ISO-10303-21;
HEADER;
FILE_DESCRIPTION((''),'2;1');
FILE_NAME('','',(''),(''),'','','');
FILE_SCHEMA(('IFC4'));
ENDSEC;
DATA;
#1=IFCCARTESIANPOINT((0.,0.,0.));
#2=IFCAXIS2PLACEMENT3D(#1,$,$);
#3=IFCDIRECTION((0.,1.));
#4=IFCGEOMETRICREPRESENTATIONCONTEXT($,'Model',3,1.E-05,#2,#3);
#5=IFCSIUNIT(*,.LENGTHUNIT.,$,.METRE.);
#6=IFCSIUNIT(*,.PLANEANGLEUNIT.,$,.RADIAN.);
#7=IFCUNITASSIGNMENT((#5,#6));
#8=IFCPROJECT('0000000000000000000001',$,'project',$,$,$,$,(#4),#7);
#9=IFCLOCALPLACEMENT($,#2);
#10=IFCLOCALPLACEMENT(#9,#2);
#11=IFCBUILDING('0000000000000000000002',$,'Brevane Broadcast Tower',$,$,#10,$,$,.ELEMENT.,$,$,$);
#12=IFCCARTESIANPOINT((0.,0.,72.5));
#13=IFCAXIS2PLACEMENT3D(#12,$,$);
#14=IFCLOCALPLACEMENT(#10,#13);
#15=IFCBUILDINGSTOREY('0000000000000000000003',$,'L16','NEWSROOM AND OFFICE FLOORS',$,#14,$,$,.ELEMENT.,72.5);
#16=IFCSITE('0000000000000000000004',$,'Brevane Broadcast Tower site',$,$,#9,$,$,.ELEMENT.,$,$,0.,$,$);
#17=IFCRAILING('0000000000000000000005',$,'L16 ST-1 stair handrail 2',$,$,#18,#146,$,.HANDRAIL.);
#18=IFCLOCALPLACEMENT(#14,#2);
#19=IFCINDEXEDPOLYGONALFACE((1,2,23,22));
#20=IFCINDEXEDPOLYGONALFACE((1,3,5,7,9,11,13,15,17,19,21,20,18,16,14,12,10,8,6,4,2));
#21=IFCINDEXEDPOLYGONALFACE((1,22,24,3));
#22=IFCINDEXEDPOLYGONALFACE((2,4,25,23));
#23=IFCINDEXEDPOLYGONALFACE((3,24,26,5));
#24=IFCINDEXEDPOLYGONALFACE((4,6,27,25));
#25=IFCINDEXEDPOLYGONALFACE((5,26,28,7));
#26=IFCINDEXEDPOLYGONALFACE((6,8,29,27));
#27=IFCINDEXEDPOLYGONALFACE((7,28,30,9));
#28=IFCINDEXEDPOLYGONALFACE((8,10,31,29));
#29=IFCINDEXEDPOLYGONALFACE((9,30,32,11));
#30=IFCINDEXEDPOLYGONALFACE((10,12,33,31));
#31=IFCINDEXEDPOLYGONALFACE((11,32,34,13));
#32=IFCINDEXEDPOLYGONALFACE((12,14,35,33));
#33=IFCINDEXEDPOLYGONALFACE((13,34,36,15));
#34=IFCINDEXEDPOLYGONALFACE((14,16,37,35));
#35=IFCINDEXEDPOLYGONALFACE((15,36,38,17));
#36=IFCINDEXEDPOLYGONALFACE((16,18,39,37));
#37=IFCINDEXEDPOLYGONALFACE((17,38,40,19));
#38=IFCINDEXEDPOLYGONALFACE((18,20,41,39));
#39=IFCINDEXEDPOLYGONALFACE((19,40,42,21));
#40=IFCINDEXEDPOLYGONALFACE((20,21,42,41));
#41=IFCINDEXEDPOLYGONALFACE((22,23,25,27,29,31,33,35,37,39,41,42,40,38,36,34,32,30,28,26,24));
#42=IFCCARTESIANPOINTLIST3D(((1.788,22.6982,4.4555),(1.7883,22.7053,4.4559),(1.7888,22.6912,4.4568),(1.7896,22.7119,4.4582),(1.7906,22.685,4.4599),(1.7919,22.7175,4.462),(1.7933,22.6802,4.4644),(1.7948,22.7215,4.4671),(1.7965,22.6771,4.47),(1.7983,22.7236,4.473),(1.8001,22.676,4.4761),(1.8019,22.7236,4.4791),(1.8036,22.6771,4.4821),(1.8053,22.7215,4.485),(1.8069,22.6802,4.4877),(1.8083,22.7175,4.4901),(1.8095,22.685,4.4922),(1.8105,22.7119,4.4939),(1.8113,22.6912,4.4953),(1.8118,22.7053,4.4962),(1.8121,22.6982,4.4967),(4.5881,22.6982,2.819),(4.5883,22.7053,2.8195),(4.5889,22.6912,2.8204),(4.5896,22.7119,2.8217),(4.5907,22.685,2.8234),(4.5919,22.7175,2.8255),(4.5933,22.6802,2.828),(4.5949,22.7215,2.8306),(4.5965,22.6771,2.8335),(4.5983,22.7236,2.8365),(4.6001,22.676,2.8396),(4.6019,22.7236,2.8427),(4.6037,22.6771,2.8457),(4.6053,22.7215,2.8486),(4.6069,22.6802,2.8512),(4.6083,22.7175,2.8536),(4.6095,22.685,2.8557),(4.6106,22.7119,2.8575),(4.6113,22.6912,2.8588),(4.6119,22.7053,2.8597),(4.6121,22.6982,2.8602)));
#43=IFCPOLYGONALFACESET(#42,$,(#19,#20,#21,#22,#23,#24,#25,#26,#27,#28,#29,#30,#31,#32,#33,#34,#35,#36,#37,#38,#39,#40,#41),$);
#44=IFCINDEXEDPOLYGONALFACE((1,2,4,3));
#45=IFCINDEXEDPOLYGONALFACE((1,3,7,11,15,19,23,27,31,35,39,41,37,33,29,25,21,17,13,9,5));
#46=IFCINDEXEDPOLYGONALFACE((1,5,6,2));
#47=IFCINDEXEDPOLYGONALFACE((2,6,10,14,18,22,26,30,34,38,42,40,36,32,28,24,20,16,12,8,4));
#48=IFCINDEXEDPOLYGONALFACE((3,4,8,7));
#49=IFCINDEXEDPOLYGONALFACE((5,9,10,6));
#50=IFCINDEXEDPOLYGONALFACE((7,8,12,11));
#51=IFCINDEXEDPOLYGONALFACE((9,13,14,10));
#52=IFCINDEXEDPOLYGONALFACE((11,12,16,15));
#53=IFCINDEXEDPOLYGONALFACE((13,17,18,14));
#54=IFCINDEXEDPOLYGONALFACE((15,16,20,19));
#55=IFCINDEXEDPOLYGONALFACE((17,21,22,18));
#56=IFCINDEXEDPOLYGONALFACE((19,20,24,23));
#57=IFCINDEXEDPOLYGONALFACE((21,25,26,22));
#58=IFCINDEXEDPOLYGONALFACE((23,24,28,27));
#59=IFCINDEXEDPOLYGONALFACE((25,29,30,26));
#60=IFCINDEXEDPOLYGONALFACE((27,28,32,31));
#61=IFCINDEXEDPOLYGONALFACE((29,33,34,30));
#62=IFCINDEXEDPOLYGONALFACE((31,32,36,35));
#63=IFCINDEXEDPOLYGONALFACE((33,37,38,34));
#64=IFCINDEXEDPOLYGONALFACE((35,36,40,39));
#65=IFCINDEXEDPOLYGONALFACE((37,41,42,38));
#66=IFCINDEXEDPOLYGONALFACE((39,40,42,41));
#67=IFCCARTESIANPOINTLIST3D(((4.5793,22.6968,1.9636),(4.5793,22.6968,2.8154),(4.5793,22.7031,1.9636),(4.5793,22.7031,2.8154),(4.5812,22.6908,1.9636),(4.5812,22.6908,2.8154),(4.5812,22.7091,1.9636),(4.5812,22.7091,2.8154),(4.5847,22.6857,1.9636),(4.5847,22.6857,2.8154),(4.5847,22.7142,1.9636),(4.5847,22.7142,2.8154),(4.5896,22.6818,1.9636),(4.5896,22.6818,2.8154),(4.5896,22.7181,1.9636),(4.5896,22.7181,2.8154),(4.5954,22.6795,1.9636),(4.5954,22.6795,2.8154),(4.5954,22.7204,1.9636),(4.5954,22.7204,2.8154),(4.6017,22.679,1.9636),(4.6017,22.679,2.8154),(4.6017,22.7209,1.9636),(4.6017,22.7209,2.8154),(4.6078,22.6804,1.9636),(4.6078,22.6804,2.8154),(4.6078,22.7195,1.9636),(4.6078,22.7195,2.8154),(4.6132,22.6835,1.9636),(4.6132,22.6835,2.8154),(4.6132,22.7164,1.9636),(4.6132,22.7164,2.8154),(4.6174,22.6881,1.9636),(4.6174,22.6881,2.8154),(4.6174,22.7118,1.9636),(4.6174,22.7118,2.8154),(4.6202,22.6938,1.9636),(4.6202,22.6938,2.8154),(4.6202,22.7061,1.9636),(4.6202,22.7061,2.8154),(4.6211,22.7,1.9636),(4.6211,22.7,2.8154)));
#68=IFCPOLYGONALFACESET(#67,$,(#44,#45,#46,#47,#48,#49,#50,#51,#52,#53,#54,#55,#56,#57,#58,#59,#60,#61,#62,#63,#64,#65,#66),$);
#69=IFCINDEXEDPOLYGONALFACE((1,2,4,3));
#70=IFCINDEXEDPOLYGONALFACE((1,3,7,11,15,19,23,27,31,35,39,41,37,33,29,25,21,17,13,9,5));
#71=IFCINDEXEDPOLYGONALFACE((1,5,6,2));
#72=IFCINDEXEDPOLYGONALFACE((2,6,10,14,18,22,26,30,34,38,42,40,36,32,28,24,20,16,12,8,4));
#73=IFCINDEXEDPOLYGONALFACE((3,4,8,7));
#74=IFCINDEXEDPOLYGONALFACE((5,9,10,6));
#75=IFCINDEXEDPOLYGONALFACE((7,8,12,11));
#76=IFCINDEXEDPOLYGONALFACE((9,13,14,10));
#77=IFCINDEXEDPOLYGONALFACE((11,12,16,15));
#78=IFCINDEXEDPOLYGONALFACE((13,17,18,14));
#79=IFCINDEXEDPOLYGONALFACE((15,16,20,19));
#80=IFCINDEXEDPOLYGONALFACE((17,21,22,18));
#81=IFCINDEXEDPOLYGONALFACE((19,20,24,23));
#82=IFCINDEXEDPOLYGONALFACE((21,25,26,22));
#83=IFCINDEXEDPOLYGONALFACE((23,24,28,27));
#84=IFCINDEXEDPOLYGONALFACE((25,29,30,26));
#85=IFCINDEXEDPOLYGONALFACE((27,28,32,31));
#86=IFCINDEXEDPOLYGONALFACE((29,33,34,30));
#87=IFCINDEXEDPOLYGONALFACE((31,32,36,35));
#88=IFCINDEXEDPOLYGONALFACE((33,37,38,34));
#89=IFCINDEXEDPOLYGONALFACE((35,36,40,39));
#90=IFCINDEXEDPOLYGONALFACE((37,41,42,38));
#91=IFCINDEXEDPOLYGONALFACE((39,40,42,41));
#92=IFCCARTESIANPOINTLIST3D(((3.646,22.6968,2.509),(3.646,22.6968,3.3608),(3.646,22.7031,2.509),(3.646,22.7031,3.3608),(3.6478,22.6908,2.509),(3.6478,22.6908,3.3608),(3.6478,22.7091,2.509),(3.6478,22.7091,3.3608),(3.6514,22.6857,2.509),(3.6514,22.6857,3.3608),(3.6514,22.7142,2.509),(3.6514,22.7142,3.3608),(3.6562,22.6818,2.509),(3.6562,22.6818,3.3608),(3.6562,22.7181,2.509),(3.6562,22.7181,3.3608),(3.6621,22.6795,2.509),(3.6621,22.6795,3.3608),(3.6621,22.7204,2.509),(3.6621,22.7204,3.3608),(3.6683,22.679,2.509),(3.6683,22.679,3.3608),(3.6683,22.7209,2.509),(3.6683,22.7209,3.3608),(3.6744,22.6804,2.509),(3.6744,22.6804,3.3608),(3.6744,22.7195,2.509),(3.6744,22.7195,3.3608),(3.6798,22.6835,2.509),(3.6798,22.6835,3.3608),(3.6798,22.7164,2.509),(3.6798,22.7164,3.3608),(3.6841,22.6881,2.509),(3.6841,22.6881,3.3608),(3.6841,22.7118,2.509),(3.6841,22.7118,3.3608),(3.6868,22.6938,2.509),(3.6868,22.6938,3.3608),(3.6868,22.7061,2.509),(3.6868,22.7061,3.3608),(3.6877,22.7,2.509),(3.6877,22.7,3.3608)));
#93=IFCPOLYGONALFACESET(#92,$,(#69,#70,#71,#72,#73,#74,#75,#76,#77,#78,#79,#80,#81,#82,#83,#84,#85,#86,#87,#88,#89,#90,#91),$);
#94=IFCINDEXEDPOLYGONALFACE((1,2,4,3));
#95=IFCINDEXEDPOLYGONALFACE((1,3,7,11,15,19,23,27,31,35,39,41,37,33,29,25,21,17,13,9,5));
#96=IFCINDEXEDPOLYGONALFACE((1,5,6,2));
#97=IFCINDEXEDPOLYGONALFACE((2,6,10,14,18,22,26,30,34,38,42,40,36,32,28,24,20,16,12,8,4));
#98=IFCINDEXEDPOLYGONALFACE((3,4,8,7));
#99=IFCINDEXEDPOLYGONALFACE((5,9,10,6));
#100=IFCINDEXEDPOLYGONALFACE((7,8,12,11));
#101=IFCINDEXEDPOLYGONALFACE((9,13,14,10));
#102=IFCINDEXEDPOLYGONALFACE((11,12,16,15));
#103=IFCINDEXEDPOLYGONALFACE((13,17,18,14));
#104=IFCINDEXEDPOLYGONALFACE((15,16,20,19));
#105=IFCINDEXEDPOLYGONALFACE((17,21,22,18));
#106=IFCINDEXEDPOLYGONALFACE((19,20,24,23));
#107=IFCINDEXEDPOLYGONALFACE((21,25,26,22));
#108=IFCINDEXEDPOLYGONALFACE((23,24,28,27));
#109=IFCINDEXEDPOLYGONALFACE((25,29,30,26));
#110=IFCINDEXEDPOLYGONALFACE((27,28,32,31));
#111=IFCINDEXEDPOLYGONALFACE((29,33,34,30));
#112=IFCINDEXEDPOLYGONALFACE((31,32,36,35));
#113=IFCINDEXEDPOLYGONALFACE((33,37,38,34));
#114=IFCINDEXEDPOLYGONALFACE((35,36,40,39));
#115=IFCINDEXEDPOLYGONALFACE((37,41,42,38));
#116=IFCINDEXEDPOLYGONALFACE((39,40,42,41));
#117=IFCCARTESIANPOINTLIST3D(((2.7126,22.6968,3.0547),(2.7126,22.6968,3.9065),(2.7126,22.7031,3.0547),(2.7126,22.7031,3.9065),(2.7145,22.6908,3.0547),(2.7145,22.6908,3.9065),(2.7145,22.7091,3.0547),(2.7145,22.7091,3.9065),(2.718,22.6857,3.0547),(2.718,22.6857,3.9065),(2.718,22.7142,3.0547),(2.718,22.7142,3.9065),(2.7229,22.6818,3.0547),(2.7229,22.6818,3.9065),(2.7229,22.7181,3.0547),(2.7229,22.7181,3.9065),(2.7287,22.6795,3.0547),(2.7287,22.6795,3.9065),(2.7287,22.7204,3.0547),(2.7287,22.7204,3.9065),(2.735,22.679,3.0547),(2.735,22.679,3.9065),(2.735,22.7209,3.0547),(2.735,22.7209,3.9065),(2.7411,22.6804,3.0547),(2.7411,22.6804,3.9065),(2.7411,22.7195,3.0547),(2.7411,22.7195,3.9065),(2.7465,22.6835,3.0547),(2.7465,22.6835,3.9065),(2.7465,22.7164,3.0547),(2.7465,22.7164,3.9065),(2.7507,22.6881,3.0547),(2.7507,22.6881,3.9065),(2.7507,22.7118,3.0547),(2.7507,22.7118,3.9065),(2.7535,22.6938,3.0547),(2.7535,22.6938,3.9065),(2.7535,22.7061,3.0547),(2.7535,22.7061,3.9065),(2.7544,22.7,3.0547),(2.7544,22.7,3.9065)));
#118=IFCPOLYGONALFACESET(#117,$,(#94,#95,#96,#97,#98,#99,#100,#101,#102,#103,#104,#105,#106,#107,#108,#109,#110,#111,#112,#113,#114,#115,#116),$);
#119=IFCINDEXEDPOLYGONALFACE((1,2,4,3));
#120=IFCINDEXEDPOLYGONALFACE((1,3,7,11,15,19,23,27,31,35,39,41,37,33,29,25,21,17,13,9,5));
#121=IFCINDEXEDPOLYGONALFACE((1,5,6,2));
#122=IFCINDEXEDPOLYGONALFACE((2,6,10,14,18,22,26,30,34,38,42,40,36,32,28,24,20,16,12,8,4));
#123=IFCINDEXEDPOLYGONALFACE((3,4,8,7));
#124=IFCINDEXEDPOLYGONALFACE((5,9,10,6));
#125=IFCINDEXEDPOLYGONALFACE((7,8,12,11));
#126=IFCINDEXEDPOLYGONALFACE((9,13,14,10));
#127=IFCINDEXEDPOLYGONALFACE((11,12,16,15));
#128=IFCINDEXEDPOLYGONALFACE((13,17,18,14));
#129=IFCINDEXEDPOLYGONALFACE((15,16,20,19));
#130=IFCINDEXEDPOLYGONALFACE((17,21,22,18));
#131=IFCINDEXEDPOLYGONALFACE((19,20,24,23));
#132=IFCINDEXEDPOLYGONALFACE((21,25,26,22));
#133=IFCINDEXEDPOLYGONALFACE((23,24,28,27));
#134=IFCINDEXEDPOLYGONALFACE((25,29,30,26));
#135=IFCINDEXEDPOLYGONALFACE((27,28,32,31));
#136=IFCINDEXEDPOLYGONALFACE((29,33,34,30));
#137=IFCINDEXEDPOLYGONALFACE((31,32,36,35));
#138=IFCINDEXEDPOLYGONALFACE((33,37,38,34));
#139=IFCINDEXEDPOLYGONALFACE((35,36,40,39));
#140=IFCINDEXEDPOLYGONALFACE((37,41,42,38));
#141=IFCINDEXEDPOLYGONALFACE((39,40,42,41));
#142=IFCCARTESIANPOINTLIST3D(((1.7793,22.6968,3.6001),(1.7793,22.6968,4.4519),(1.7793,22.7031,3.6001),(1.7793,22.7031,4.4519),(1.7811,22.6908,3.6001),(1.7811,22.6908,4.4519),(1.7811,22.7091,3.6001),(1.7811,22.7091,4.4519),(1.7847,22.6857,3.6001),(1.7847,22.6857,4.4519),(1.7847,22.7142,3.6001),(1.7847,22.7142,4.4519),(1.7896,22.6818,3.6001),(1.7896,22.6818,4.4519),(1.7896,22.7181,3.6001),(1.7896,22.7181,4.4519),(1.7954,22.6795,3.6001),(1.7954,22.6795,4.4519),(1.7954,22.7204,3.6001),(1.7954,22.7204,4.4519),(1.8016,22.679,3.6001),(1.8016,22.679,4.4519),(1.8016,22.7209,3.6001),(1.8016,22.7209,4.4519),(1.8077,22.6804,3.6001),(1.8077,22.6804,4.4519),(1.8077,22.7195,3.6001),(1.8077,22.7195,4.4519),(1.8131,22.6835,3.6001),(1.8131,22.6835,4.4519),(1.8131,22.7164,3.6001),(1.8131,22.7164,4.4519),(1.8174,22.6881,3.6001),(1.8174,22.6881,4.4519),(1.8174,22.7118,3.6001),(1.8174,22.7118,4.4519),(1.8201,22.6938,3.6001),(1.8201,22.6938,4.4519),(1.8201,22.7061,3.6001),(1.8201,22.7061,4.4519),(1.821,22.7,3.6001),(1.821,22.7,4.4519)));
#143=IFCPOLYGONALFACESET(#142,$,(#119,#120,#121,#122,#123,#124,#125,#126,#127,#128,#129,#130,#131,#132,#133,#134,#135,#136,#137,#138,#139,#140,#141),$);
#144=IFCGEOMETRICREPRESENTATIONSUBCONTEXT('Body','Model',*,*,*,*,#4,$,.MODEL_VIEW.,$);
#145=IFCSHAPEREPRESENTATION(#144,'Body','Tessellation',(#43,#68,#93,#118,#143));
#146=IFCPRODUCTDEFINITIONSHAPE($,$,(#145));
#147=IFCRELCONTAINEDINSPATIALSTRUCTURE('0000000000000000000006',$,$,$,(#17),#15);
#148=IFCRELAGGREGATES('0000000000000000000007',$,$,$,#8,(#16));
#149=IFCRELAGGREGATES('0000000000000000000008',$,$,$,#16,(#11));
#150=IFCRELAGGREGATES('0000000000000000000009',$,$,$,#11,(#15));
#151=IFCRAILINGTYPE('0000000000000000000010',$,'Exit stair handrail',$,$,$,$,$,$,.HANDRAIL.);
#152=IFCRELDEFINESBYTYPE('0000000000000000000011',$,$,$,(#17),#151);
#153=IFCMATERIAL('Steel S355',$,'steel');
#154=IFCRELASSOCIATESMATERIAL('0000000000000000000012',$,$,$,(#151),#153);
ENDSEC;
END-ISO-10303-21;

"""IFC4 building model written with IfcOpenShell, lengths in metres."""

from ifc_helpers import new_model, si_unit, direction, frame, origin, origin_2d, place, context, subcontext, project, spatial, circle, extrude, material, type_object, element, save


model = new_model("IFC4")

# Units and contexts
model_context = context("Model", 3, precision=1e-05, world=origin(), true_north=direction((0.0, 1.0)))
body_context = subcontext(model_context, "Body", "Model", "MODEL_VIEW")
ifc_project = project(units=[si_unit("LENGTHUNIT", "METRE"), si_unit("PLANEANGLEUNIT", "RADIAN")], contexts=[model_context])

# Site, building, storey
site_placement = place(None, origin())
site = spatial("IfcSite", under=ifc_project, at=site_placement, Name="Brevane Broadcast Tower site", CompositionType="ELEMENT", RefElevation=0.0)
building_placement = place(site_placement, origin())
building = spatial("IfcBuilding", under=site, at=building_placement, Name="Brevane Broadcast Tower", CompositionType="ELEMENT")
storey_placement = place(building_placement, frame((0.0, 0.0, 72.5)))
storey = spatial("IfcBuildingStorey", under=building, at=storey_placement, Name="L16", Description="NEWSROOM AND OFFICE FLOORS", CompositionType="ELEMENT", Elevation=72.5)

# Railing
ifc_material_1 = material(Name="Steel S355", Category="steel")
railing_type_1 = type_object("IfcRailingType", Name="Exit stair handrail", PredefinedType="HANDRAIL", material=ifc_material_1)
railing_1_placement = place(storey_placement, frame((4.6001, 22.7, 1.9636)))
element("IfcRailing", 1, at=railing_1_placement, inside=storey, type_object=railing_type_1, Name="L16 ST-1 stair handrail 2", PredefinedType="HANDRAIL", context=body_context, shape_type="SweptSolid", body=[
    extrude(circle(Radius=0.0239, at=origin_2d()), frame((0.0, 0.0, 0.876), z_axis=(-0.863361, 0.0, 0.504587), x_axis=(0.0, -1.0, 0.0)), (0.0, 0.0, 1.0), 3.2432),
    extrude(circle(Radius=0.021, at=origin_2d()), origin(), (0.0, 0.0, 1.0), 0.8518),
    extrude(circle(Radius=0.021, at=origin_2d()), frame((-0.9333, 0.0, 0.5454)), (0.0, 0.0, 1.0), 0.8518),
    extrude(circle(Radius=0.021, at=origin_2d()), frame((-1.8667, 0.0, 1.0911)), (0.0, 0.0, 1.0), 0.8518),
    extrude(circle(Radius=0.021, at=origin_2d()), frame((-2.8, 0.0, 1.6365)), (0.0, 0.0, 1.0), 0.8518),
])

save(model, "model.ifc")
